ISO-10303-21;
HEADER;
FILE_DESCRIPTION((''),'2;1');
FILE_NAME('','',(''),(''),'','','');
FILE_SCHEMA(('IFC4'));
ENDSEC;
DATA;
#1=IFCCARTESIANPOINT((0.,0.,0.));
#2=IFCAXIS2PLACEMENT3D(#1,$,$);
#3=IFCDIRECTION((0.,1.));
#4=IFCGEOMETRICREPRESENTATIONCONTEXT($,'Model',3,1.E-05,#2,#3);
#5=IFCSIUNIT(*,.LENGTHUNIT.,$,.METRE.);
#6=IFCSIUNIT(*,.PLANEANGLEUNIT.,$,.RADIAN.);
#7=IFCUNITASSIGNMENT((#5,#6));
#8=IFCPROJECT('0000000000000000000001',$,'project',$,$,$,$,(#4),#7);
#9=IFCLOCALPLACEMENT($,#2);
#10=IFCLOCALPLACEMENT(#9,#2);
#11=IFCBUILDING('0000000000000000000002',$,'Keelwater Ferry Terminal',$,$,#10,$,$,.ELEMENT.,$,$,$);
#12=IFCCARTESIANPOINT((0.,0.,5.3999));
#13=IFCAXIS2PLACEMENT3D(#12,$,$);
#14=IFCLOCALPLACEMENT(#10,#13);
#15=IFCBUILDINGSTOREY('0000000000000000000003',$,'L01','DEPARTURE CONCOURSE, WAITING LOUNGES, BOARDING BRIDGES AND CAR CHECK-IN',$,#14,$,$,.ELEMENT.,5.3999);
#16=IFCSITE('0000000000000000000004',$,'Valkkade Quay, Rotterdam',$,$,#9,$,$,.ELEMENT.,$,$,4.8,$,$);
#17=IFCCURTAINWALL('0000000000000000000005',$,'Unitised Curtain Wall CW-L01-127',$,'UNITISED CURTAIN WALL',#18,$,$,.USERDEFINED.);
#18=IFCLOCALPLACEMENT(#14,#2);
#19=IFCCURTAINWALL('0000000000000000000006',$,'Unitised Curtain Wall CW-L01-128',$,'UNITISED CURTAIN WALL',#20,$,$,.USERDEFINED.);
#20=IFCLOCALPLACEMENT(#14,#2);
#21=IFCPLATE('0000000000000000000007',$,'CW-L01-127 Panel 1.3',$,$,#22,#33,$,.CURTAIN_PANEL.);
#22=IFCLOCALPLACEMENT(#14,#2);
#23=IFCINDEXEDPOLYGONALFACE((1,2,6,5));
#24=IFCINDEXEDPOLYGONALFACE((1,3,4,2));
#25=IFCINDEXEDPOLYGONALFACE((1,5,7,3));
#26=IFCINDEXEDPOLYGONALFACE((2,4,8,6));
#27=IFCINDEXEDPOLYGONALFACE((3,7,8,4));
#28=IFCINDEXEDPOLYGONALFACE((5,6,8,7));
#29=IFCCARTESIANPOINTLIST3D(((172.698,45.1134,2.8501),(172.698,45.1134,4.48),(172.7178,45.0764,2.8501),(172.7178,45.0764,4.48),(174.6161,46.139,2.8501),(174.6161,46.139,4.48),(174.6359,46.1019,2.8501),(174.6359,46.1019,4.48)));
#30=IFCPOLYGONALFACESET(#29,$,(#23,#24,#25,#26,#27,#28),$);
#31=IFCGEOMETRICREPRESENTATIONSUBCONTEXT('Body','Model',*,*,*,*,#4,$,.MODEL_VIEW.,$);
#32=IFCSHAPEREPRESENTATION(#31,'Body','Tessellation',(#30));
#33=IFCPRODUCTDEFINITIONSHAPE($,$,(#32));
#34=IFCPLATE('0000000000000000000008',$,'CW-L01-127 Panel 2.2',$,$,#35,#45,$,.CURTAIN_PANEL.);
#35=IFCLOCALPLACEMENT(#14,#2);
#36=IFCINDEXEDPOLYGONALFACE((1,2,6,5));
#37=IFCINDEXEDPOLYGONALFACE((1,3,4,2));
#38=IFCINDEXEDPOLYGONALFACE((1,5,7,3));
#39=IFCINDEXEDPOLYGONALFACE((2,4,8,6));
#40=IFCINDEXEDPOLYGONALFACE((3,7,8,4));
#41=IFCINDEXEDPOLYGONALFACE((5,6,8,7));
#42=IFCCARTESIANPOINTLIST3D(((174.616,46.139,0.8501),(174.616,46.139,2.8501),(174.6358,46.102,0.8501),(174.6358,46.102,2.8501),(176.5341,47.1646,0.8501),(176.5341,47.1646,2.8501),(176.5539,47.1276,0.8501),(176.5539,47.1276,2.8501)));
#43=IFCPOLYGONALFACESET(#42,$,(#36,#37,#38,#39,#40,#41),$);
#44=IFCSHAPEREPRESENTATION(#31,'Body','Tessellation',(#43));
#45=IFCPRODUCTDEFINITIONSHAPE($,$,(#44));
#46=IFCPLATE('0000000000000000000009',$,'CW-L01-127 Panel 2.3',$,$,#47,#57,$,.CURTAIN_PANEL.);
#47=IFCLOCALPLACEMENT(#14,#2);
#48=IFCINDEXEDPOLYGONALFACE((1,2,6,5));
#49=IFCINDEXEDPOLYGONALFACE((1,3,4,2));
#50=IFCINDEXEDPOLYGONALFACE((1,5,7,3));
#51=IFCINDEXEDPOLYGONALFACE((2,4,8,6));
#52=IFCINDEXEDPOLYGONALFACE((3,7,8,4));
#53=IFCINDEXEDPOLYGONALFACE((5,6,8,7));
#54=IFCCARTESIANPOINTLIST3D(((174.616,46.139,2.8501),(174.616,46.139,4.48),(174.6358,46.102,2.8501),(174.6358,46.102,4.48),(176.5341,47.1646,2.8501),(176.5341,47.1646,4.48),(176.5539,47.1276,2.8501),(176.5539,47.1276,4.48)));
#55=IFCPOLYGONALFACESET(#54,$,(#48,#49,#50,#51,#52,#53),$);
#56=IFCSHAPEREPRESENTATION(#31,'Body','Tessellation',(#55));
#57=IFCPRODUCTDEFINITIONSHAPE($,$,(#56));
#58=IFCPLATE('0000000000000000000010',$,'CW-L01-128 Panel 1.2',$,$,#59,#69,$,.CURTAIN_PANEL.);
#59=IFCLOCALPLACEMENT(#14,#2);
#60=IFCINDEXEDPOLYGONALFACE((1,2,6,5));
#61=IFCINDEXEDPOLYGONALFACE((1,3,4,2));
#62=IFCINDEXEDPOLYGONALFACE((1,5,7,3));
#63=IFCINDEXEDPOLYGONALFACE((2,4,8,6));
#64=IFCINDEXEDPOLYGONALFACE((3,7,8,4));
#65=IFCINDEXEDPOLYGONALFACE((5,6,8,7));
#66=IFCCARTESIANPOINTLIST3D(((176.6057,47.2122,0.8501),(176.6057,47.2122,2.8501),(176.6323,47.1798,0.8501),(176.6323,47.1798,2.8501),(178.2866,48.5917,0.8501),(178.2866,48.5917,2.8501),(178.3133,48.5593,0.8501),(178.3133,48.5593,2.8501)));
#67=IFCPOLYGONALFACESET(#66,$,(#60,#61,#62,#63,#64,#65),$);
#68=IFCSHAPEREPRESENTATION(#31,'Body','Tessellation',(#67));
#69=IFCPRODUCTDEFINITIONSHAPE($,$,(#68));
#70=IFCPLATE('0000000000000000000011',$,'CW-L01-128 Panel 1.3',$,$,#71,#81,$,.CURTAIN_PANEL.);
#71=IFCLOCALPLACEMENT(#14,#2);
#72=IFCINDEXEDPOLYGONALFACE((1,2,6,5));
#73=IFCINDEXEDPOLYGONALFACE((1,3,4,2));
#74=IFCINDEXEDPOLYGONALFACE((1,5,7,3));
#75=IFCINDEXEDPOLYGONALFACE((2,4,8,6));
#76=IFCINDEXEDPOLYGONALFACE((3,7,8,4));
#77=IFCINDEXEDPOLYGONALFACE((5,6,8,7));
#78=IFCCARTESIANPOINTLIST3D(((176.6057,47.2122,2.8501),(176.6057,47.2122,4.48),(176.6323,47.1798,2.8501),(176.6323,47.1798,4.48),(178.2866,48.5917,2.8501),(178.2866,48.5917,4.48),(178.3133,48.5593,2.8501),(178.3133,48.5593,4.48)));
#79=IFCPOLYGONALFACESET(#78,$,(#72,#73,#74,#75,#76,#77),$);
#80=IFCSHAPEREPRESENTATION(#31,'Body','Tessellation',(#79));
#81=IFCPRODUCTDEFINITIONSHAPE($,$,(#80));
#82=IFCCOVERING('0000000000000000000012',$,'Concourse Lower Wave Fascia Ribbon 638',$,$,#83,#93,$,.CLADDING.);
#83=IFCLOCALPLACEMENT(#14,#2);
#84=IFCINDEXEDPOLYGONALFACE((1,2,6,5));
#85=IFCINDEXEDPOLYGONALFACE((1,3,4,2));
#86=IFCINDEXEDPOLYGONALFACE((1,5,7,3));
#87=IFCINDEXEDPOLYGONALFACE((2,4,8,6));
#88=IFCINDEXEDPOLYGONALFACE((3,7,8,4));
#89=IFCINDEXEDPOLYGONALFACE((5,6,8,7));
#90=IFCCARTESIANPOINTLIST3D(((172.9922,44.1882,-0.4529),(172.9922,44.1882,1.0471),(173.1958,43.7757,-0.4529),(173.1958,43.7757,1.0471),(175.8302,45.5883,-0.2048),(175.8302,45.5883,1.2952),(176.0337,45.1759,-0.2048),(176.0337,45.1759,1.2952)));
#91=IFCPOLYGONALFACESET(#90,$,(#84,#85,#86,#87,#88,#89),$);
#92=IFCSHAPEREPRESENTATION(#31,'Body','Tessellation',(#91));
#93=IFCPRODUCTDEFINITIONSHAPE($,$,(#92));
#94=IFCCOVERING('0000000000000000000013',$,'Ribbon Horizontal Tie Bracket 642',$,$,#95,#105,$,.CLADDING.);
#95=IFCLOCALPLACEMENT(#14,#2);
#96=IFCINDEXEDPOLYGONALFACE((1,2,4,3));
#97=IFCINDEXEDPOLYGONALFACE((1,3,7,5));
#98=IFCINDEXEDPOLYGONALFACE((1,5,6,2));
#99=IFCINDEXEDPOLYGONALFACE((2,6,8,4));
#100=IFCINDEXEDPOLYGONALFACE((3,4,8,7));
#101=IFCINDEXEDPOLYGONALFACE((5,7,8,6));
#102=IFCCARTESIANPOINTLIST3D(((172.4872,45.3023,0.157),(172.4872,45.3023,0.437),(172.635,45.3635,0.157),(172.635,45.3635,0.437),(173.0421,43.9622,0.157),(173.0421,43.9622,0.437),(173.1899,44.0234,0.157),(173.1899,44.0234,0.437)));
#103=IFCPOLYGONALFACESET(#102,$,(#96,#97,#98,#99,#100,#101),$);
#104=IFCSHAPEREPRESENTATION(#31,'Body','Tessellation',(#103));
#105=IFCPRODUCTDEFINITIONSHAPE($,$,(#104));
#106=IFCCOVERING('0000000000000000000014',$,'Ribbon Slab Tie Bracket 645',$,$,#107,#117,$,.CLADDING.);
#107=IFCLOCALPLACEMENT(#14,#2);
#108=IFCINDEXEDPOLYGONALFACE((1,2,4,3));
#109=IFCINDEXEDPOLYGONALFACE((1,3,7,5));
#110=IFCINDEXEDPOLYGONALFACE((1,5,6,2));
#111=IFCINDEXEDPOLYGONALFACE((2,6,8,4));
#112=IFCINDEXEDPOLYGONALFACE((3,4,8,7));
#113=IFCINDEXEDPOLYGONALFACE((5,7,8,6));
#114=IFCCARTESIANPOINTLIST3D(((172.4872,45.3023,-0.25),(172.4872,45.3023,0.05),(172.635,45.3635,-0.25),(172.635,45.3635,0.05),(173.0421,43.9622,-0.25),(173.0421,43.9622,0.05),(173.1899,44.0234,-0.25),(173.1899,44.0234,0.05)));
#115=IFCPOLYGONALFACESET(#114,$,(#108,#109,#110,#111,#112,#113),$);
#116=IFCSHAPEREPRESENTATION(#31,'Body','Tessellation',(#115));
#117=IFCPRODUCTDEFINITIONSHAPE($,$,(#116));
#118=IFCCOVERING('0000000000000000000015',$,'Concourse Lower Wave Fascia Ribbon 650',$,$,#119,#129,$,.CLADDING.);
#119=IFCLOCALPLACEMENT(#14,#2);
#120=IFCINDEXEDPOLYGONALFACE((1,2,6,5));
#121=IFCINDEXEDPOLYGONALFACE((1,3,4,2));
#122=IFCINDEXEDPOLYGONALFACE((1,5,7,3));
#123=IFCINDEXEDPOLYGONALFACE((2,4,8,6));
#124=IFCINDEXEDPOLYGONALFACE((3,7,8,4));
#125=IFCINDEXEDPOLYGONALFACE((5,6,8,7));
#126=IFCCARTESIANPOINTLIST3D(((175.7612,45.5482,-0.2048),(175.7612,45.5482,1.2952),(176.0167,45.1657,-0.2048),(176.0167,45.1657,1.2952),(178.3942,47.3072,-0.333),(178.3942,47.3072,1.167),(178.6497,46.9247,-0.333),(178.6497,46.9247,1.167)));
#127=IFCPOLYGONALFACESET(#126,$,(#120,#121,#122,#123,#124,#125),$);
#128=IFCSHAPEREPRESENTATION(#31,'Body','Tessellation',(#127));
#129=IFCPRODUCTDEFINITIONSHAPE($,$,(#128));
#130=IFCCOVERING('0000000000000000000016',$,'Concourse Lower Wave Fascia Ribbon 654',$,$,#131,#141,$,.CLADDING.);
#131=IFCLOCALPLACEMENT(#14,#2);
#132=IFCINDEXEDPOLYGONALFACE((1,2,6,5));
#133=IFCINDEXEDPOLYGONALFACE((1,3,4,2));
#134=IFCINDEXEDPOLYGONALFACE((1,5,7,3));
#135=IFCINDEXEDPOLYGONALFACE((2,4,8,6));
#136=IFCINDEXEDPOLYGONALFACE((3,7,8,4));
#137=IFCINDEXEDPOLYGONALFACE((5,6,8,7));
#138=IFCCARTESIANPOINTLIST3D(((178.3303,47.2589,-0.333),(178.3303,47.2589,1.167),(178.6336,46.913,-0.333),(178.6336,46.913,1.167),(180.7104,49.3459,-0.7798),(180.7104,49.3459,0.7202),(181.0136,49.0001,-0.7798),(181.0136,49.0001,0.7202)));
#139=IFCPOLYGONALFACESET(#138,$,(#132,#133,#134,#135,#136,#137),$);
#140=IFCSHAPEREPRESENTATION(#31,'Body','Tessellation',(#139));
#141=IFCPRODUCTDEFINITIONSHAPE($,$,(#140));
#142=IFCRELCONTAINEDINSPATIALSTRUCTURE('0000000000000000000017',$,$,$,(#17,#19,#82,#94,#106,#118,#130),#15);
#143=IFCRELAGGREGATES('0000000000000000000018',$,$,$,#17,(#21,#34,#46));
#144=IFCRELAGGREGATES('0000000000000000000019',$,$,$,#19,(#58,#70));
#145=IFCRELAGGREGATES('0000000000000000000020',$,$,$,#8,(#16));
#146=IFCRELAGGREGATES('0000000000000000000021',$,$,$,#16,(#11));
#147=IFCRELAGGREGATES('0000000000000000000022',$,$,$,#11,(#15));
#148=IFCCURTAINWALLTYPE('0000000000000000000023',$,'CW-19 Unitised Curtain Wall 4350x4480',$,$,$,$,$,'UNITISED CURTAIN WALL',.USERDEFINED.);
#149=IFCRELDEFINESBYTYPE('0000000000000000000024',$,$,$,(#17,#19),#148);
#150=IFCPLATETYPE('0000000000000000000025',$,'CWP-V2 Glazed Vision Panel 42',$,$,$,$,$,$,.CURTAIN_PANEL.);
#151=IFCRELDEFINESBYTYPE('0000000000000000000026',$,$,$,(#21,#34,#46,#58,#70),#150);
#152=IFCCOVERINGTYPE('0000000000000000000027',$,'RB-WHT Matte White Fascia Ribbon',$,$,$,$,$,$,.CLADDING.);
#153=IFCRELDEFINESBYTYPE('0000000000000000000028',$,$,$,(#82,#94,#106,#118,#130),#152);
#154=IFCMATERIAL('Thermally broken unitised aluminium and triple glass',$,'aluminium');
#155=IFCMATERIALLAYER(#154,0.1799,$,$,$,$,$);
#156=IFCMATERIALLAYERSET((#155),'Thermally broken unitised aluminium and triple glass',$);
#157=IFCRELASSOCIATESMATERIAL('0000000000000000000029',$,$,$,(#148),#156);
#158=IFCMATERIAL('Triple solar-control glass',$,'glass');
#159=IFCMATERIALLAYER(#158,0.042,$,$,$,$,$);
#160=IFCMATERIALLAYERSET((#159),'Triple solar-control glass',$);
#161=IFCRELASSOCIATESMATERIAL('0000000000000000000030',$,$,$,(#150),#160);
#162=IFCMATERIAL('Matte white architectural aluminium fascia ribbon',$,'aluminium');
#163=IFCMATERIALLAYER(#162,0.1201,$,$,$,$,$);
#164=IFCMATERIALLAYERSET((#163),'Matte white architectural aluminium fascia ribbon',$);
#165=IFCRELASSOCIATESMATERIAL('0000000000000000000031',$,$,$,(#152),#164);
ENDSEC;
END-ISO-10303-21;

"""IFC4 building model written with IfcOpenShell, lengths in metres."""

from ifc_helpers import new_model, si_unit, direction, frame, frame_2d, origin, origin_2d, place, context, subcontext, project, spatial, polyline, rectangle, outline, extrude, material, layer, layer_set, type_object, element, aggregate, save


model = new_model("IFC4")

# Units and contexts
model_context = context("Model", 3, precision=1e-05, world=origin(), true_north=direction((0.0, 1.0)))
body_context = subcontext(model_context, "Body", "Model", "MODEL_VIEW")
ifc_project = project(units=[si_unit("LENGTHUNIT", "METRE"), si_unit("PLANEANGLEUNIT", "RADIAN")], contexts=[model_context])

# Site, building, storey
site_placement = place(None, origin())
site = spatial("IfcSite", under=ifc_project, at=site_placement, Name="Valkkade Quay, Rotterdam", CompositionType="ELEMENT", RefElevation=4.8)
building_placement = place(site_placement, origin())
building = spatial("IfcBuilding", under=site, at=building_placement, Name="Keelwater Ferry Terminal", CompositionType="ELEMENT")
storey_placement = place(building_placement, frame((0.0, 0.0, 5.3999)))
storey = spatial("IfcBuildingStorey", under=building, at=storey_placement, Name="L01", Description="DEPARTURE CONCOURSE, WAITING LOUNGES, BOARDING BRIDGES AND CAR CHECK-IN", CompositionType="ELEMENT", Elevation=5.3999)

# Shared definitions
ifc_material_1 = material(Name="Thermally broken unitised aluminium and triple glass", Category="aluminium")
ifc_layer_1 = layer(ifc_material_1, 0.1799)
ifc_layer_set_1 = layer_set([ifc_layer_1], Name="Thermally broken unitised aluminium and triple glass")
curtain_wall_type = type_object("IfcCurtainWallType", Name="CW-19 Unitised Curtain Wall 4350x4480", ElementType="UNITISED CURTAIN WALL", PredefinedType="USERDEFINED", material=ifc_layer_set_1)

# Curtain walls
curtain_wall_1_placement = place(storey_placement, origin())
curtain_wall_1 = element("IfcCurtainWall", 1, at=curtain_wall_1_placement, inside=storey, type_object=curtain_wall_type, Name="Unitised Curtain Wall CW-L01-127", ObjectType="UNITISED CURTAIN WALL", PredefinedType="USERDEFINED")
curtain_wall_2_placement = place(storey_placement, origin())
curtain_wall_2 = element("IfcCurtainWall", 2, at=curtain_wall_2_placement, inside=storey, type_object=curtain_wall_type, Name="Unitised Curtain Wall CW-L01-128", ObjectType="UNITISED CURTAIN WALL", PredefinedType="USERDEFINED")

# Plates
ifc_material_2 = material(Name="Triple solar-control glass", Category="glass")
ifc_layer_2 = layer(ifc_material_2, 0.042)
ifc_layer_set_2 = layer_set([ifc_layer_2], Name="Triple solar-control glass")
plate_type_1 = type_object("IfcPlateType", Name="CWP-V2 Glazed Vision Panel 42", PredefinedType="CURTAIN_PANEL", material=ifc_layer_set_2)
plate_1_placement = place(storey_placement, frame((173.667, 45.6077, 2.8501), z_axis=(0.0, 0.0, 1.0), x_axis=(0.881862, 0.471507, 0.0)))
plate_1 = element("IfcPlate", 3, at=plate_1_placement, type_object=plate_type_1, Name="CW-L01-127 Panel 1.3", PredefinedType="CURTAIN_PANEL", context=body_context, shape_type="SweptSolid", body=[
    extrude(rectangle(XDim=2.175, YDim=0.042, at=origin_2d()), origin(), (0.0, 0.0, 1.0), 1.6299),
])
plate_2_placement = place(storey_placement, frame((175.585, 46.6333, 0.8501), z_axis=(0.0, 0.0, 1.0), x_axis=(0.881862, 0.471507, 0.0)))
plate_2 = element("IfcPlate", 4, at=plate_2_placement, type_object=plate_type_1, Name="CW-L01-127 Panel 2.2", PredefinedType="CURTAIN_PANEL", context=body_context, shape_type="SweptSolid", body=[
    extrude(rectangle(XDim=2.175, YDim=0.042, at=origin_2d()), origin(), (0.0, 0.0, 1.0), 2.0),
])
plate_3_placement = place(storey_placement, frame((175.585, 46.6333, 2.8501), z_axis=(0.0, 0.0, 1.0), x_axis=(0.881862, 0.471507, 0.0)))
plate_3 = element("IfcPlate", 5, at=plate_3_placement, type_object=plate_type_1, Name="CW-L01-127 Panel 2.3", PredefinedType="CURTAIN_PANEL", context=body_context, shape_type="SweptSolid", body=[
    extrude(rectangle(XDim=2.175, YDim=0.042, at=origin_2d()), origin(), (0.0, 0.0, 1.0), 1.6299),
])
aggregate(curtain_wall_1, [plate_1, plate_2, plate_3])
plate_4_placement = place(storey_placement, frame((177.4595, 47.8857, 0.8501), z_axis=(0.0, 0.0, 1.0), x_axis=(0.773024, 0.634377, 0.0)))
plate_4 = element("IfcPlate", 6, at=plate_4_placement, type_object=plate_type_1, Name="CW-L01-128 Panel 1.2", PredefinedType="CURTAIN_PANEL", context=body_context, shape_type="SweptSolid", body=[
    extrude(rectangle(XDim=2.1746, YDim=0.042, at=origin_2d()), origin(), (0.0, 0.0, 1.0), 2.0),
])
plate_5_placement = place(storey_placement, frame((177.4595, 47.8857, 2.8501), z_axis=(0.0, 0.0, 1.0), x_axis=(0.773024, 0.634377, 0.0)))
plate_5 = element("IfcPlate", 7, at=plate_5_placement, type_object=plate_type_1, Name="CW-L01-128 Panel 1.3", PredefinedType="CURTAIN_PANEL", context=body_context, shape_type="SweptSolid", body=[
    extrude(rectangle(XDim=2.1746, YDim=0.042, at=origin_2d()), origin(), (0.0, 0.0, 1.0), 1.6299),
])
aggregate(curtain_wall_2, [plate_4, plate_5])

# Coverings
ifc_material_3 = material(Name="Matte white architectural aluminium fascia ribbon", Category="aluminium")
ifc_layer_3 = layer(ifc_material_3, 0.1201)
ifc_layer_set_3 = layer_set([ifc_layer_3], Name="Matte white architectural aluminium fascia ribbon")
covering_type = type_object("IfcCoveringType", Name="RB-WHT Matte White Fascia Ribbon", PredefinedType="CLADDING", material=ifc_layer_set_3)
covering_1_placement = place(storey_placement, frame((173.094, 43.9819, -0.4529), z_axis=(0.0, 0.0, 1.0), x_axis=(0.896791, 0.442455, 0.0)))
element("IfcCovering", 8, at=covering_1_placement, inside=storey, type_object=covering_type, Name="Concourse Lower Wave Fascia Ribbon 638", PredefinedType="CLADDING", context=body_context, shape_type="SweptSolid", body=[
    extrude(outline(polyline([(0.0, 0.0), (3.1646, 0.248), (3.1646, 1.748), (0.0, 1.5), (0.0, 0.0)])), frame((0.0, 0.23, 0.0), z_axis=(0.0, -1.0, 0.0), x_axis=(1.0, 0.0, 0.0)), (0.0, 0.0, 1.0), 0.46),
])
covering_2_placement = place(storey_placement, frame((173.116, 43.9929, 0.157), z_axis=(0.0, 0.0, 1.0), x_axis=(-0.382595, 0.923916, 0.0)))
element("IfcCovering", 9, at=covering_2_placement, inside=storey, type_object=covering_type, Name="Ribbon Horizontal Tie Bracket 642", PredefinedType="CLADDING", context=body_context, shape_type="SweptSolid", body=[
    extrude(rectangle(XDim=1.4504, YDim=0.1599, at=frame_2d((0.7251, 0.0))), origin(), (0.0, 0.0, 1.0), 0.28),
])
covering_3_placement = place(storey_placement, frame((173.116, 43.9929, -0.25), z_axis=(0.0, 0.0, 1.0), x_axis=(-0.382595, 0.923916, 0.0)))
element("IfcCovering", 10, at=covering_3_placement, inside=storey, type_object=covering_type, Name="Ribbon Slab Tie Bracket 645", PredefinedType="CLADDING", context=body_context, shape_type="SweptSolid", body=[
    extrude(rectangle(XDim=1.4504, YDim=0.1599, at=frame_2d((0.7251, 0.0))), origin(), (0.0, 0.0, 1.0), 0.3),
])
covering_4_placement = place(storey_placement, frame((175.8889, 45.3569, -0.333), z_axis=(0.0, 0.0, 1.0), x_axis=(0.831516, 0.555501, 0.0)))
element("IfcCovering", 11, at=covering_4_placement, inside=storey, type_object=covering_type, Name="Concourse Lower Wave Fascia Ribbon 650", PredefinedType="CLADDING", context=body_context, shape_type="SweptSolid", body=[
    extrude(outline(polyline([(0.0, 0.1282), (3.1665, 0.0), (3.1665, 1.5), (0.0, 1.6282), (0.0, 0.1282)])), frame((0.0, 0.23, 0.0), z_axis=(0.0, -1.0, 0.0), x_axis=(1.0, 0.0, 0.0)), (0.0, 0.0, 1.0), 0.46),
])
covering_5_placement = place(storey_placement, frame((178.4819, 47.0859, -0.7798), z_axis=(0.0, 0.0, 1.0), x_axis=(0.751864, 0.659318, 0.0)))
element("IfcCovering", 12, at=covering_5_placement, inside=storey, type_object=covering_type, Name="Concourse Lower Wave Fascia Ribbon 654", PredefinedType="CLADDING", context=body_context, shape_type="SweptSolid", body=[
    extrude(outline(polyline([(0.0, 0.4468), (3.1655, 0.0), (3.1655, 1.5), (0.0, 1.9468), (0.0, 0.4468)])), frame((0.0, 0.23, 0.0), z_axis=(0.0, -1.0, 0.0), x_axis=(1.0, 0.0, 0.0)), (0.0, 0.0, 1.0), 0.46),
])

save(model, "model.ifc")
